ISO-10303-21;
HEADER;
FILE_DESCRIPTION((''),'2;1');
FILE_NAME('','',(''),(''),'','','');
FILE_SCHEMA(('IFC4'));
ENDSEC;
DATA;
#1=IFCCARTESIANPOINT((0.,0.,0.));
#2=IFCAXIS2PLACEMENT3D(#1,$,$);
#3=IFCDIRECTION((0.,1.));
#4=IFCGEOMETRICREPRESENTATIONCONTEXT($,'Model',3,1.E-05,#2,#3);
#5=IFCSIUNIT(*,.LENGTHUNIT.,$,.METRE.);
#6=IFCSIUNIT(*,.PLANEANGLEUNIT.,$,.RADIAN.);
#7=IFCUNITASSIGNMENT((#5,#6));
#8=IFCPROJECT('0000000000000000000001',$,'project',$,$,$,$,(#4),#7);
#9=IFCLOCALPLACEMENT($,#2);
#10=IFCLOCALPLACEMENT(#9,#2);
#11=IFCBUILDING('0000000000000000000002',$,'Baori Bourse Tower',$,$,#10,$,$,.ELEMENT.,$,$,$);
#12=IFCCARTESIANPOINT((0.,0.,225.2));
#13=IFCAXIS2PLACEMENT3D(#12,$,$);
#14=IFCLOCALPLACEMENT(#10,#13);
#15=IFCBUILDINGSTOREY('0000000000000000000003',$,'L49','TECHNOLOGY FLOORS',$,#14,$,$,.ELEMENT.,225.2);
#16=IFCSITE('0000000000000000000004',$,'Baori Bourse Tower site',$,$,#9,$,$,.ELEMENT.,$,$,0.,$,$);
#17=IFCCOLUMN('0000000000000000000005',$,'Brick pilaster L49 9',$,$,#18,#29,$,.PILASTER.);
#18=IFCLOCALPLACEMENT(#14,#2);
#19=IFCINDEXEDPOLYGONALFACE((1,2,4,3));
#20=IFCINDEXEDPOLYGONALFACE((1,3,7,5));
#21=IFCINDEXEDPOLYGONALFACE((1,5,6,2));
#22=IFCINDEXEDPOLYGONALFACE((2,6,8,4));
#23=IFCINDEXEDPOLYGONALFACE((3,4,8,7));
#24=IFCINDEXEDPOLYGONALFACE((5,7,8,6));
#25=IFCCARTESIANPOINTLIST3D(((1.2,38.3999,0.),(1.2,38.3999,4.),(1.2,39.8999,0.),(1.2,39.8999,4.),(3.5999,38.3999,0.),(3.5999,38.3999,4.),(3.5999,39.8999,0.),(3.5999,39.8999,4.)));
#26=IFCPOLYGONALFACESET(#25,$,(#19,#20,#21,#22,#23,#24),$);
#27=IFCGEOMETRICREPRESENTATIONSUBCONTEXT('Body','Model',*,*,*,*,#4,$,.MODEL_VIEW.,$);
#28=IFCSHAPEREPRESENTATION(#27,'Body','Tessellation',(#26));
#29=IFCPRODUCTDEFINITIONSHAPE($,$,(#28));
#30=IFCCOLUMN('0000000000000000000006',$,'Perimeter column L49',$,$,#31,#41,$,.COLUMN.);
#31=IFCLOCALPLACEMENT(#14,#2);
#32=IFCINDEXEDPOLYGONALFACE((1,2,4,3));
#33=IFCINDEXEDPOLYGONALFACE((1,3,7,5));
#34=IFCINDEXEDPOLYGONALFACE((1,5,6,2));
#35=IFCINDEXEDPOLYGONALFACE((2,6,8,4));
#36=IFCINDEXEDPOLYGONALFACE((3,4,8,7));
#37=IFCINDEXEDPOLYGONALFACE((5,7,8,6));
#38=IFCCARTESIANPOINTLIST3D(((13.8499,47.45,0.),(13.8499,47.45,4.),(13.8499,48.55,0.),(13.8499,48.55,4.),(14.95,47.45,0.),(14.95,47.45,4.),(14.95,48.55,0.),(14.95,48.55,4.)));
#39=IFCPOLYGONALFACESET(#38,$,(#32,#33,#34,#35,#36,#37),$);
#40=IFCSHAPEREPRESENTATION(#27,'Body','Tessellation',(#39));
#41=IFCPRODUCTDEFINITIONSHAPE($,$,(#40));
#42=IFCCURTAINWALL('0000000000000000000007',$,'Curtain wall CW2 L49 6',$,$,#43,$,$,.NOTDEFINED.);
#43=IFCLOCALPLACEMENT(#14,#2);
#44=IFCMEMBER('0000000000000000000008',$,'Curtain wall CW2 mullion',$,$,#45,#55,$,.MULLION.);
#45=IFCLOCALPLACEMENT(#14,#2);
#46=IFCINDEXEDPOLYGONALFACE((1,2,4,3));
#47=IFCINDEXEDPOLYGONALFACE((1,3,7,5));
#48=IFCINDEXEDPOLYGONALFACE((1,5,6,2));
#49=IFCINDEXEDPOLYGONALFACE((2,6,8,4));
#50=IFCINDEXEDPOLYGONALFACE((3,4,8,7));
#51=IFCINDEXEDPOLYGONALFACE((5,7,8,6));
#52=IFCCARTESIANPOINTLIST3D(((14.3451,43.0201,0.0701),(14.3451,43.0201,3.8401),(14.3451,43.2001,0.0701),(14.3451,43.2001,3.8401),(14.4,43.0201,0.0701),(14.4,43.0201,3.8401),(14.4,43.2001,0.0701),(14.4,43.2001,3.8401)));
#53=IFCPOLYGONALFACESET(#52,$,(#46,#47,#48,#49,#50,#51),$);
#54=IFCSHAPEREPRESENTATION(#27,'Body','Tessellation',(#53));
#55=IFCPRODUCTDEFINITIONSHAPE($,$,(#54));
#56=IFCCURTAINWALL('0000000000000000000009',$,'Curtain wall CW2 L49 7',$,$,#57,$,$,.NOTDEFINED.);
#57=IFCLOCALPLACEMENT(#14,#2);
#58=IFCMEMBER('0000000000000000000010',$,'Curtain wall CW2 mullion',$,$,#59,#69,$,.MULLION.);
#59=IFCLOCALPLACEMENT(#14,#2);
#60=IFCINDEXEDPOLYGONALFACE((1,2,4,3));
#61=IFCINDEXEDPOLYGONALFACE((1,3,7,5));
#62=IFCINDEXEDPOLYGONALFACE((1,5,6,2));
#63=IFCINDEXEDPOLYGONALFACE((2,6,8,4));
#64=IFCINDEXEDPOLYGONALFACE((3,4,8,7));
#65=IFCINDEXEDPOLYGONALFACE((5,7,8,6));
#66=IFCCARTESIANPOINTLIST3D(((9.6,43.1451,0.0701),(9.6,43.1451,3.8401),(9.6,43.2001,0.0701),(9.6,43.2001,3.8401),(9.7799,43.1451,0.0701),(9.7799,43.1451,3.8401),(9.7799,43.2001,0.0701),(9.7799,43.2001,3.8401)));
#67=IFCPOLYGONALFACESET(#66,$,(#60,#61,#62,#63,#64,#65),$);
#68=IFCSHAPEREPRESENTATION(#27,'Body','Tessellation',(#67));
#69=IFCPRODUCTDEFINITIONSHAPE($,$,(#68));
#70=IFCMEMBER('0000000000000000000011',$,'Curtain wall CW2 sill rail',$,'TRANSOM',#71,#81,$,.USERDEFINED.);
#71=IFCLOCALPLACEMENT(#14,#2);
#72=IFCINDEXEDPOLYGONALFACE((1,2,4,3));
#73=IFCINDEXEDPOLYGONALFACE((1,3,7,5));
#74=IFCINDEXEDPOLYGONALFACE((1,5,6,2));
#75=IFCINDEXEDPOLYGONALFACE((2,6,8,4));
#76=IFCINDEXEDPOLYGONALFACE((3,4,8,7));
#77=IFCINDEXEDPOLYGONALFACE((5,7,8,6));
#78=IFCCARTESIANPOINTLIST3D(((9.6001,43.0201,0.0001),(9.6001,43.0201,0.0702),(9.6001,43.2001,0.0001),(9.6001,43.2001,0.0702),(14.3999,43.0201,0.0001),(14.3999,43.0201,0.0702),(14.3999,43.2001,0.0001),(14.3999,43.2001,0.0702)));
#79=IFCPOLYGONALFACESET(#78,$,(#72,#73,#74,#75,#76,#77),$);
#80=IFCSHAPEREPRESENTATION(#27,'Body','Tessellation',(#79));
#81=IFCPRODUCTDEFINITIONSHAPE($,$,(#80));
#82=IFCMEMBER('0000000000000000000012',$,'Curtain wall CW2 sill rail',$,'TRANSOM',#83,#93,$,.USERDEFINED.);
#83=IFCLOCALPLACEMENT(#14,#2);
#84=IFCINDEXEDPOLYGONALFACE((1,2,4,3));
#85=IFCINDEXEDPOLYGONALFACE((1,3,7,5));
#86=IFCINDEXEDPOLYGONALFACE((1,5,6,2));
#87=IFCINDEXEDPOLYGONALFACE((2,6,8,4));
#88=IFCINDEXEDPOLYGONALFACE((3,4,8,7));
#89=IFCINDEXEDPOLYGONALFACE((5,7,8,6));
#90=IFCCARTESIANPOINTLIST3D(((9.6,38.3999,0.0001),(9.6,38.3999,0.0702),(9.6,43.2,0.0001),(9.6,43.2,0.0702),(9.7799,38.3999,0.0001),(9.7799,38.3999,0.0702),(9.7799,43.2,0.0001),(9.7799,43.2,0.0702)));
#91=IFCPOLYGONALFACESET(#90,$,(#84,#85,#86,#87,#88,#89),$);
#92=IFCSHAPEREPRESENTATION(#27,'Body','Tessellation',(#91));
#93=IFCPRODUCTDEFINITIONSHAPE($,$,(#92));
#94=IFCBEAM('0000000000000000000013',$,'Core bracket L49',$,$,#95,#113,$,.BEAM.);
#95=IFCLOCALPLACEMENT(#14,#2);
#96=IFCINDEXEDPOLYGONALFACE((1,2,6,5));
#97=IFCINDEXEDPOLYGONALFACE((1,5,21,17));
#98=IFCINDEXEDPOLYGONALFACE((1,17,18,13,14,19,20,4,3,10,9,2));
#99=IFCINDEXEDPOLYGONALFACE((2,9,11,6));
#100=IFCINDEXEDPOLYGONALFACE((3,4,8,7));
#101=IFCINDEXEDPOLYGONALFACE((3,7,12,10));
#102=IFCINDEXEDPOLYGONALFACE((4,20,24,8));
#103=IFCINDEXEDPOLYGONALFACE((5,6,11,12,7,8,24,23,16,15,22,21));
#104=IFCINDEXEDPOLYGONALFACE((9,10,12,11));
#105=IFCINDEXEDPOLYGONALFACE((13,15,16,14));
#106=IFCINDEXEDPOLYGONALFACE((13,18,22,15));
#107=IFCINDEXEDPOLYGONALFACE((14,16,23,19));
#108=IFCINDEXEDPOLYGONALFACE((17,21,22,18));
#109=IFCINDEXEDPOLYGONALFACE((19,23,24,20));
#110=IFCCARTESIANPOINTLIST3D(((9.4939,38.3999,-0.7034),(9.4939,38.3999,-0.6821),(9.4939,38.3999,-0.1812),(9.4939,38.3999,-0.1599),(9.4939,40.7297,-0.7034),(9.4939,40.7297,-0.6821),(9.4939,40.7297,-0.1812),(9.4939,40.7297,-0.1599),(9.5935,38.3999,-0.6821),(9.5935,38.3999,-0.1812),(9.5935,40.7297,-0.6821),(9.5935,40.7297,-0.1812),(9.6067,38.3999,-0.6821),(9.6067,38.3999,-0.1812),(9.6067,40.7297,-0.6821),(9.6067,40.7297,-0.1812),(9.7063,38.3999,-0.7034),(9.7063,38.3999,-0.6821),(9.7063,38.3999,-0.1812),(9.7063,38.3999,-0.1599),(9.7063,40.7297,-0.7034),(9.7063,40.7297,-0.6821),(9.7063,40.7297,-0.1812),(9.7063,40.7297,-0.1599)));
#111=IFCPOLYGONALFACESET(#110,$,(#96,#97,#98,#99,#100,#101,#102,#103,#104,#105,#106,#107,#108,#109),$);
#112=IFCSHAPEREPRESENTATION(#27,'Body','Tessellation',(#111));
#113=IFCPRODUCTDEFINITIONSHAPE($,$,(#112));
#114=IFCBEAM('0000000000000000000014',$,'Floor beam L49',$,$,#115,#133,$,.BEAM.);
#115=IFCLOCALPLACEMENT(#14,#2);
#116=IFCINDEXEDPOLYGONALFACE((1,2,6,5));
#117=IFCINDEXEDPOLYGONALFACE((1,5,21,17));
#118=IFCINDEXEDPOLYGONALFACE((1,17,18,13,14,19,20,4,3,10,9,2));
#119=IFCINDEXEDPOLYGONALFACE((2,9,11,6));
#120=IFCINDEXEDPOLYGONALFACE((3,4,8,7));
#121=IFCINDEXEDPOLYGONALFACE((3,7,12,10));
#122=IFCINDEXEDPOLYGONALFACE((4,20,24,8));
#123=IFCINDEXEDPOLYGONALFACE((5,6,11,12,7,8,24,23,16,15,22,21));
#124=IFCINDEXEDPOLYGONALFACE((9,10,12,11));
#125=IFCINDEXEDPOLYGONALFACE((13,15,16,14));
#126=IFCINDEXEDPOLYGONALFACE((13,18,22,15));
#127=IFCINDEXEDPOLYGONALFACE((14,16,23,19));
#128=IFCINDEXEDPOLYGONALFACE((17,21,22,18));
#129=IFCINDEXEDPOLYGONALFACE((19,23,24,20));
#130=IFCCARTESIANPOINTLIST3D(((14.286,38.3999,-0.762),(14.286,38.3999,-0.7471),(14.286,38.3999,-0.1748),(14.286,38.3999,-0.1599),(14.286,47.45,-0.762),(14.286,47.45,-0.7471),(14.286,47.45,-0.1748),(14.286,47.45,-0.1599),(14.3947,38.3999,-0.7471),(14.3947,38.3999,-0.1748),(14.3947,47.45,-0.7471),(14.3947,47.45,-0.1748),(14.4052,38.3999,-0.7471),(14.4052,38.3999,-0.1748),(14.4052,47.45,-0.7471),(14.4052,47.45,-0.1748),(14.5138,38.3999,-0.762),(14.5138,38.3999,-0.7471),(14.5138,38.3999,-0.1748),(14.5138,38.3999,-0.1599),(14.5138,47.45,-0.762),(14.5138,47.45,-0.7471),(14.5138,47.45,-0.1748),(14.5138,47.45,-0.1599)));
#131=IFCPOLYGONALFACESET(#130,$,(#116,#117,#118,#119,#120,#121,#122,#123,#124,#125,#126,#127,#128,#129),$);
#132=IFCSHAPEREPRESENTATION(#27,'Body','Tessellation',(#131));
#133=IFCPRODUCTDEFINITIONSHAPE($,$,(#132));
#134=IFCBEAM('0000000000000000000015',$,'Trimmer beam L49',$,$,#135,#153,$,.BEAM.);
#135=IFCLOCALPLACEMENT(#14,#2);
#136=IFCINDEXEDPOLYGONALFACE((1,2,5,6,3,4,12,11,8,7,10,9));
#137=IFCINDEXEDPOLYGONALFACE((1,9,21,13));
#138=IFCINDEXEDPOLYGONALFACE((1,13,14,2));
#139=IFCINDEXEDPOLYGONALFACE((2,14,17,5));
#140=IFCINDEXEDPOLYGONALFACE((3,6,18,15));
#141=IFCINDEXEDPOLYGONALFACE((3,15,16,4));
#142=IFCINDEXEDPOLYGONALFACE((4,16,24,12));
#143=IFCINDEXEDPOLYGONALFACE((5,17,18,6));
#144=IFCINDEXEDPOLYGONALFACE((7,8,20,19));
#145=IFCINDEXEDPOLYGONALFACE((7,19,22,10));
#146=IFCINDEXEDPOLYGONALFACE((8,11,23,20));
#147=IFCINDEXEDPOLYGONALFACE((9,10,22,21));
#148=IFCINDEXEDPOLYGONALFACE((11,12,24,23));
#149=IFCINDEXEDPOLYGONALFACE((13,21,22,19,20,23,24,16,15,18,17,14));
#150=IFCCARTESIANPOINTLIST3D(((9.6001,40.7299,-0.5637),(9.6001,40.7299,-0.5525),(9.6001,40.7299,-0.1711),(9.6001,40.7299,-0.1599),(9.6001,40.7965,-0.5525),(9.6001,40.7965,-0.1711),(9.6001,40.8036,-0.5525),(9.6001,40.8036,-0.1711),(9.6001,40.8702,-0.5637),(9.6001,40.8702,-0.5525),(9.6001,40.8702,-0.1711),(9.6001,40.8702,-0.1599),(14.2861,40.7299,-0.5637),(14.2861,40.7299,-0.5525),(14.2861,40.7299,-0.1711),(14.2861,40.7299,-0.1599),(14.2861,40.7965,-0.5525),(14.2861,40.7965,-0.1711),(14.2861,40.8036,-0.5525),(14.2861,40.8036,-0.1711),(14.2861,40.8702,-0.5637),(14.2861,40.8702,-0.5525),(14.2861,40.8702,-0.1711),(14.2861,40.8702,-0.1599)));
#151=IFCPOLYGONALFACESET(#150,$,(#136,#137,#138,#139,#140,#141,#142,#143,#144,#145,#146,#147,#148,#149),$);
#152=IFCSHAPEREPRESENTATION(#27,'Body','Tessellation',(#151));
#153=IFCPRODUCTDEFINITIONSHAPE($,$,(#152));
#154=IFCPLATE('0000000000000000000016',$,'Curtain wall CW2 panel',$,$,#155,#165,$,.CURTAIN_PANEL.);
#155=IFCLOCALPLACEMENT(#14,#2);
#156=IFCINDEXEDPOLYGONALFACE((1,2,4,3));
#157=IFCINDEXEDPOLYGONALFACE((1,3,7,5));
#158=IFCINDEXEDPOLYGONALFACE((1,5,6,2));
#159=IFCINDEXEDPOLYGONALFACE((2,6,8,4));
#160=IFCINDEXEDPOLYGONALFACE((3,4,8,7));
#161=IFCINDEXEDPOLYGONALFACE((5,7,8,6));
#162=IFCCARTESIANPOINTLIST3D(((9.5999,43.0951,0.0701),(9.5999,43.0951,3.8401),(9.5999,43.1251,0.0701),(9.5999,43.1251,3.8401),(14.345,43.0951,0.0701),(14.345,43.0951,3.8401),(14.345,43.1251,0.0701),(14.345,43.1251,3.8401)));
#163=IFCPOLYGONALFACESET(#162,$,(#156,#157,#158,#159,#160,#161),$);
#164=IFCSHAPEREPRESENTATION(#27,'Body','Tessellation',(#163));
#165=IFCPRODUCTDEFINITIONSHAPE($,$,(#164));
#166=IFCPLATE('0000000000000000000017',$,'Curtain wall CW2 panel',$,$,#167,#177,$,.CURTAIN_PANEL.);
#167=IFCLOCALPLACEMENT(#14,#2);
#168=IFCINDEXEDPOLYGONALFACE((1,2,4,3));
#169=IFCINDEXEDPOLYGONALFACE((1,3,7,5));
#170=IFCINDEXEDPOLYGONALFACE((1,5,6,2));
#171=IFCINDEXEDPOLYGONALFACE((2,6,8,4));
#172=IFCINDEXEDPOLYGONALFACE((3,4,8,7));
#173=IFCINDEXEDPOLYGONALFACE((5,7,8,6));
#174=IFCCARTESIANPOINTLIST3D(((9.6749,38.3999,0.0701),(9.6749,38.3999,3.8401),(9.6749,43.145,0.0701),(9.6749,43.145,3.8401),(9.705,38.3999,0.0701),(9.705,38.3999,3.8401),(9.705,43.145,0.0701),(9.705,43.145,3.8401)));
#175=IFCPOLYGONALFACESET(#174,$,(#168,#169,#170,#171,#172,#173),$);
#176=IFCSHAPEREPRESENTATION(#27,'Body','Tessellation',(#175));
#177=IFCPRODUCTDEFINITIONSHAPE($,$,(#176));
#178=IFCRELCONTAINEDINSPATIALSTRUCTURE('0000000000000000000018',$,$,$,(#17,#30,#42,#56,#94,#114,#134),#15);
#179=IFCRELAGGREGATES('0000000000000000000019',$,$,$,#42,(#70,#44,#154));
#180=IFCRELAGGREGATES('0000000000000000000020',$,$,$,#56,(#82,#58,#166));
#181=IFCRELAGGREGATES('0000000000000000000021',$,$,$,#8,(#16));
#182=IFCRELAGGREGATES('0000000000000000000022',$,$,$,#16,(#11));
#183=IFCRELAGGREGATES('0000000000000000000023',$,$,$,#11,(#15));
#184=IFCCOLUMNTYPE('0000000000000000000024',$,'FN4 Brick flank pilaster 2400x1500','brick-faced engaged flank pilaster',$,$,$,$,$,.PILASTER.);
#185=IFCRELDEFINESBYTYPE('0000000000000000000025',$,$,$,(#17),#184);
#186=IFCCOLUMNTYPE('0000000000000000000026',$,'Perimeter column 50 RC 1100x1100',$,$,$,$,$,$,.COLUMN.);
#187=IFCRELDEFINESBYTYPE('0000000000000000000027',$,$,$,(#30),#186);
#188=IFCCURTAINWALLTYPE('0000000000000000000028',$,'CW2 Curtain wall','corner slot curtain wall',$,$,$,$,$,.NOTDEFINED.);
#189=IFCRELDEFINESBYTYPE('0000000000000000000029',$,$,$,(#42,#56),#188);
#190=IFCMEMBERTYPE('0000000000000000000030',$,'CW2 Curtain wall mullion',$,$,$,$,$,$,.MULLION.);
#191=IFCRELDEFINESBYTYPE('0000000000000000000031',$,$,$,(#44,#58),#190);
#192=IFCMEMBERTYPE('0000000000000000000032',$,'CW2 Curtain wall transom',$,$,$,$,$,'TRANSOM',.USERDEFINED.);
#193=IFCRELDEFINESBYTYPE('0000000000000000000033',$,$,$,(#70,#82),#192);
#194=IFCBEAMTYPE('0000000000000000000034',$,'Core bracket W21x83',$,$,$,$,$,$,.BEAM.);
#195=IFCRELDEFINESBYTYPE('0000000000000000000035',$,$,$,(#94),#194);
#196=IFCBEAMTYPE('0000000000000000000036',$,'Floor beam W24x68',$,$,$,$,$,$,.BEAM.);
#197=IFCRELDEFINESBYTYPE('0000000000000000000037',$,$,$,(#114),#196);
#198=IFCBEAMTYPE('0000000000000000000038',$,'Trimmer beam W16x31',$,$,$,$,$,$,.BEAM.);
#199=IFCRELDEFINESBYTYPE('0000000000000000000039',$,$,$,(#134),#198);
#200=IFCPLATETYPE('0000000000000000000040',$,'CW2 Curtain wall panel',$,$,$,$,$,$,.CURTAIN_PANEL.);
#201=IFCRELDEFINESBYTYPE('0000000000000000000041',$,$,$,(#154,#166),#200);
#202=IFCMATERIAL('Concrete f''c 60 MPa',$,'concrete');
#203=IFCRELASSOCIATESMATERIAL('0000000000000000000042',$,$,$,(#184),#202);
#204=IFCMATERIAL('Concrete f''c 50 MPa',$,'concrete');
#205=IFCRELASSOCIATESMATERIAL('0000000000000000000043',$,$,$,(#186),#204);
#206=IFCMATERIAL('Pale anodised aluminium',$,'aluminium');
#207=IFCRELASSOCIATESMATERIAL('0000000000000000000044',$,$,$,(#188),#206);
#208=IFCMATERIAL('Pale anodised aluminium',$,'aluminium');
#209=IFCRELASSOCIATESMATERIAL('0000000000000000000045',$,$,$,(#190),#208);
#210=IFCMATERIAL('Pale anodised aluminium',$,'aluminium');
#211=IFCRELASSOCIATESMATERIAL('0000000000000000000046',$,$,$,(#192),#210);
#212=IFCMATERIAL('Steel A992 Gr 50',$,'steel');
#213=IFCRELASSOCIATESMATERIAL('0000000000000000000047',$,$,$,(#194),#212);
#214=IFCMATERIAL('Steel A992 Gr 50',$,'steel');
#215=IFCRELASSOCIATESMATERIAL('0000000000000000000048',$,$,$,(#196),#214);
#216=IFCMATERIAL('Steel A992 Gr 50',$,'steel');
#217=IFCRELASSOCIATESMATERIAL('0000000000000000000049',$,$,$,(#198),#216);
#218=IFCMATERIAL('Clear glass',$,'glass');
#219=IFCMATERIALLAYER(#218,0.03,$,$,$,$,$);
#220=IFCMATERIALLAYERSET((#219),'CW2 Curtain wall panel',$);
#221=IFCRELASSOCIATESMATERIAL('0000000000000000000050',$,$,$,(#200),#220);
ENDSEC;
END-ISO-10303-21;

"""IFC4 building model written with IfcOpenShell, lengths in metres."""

from ifc_helpers import new_model, si_unit, direction, frame, origin, origin_2d, place, context, subcontext, project, spatial, rectangle, i_section, extrude, material, layer, layer_set, material_profile, profile_set, type_object, element, aggregate, save


model = new_model("IFC4")

# Units and contexts
model_context = context("Model", 3, precision=1e-05, world=origin(), true_north=direction((0.0, 1.0)))
body_context = subcontext(model_context, "Body", "Model", "MODEL_VIEW")
ifc_project = project(units=[si_unit("LENGTHUNIT", "METRE"), si_unit("PLANEANGLEUNIT", "RADIAN")], contexts=[model_context])

# Site, building, storey
site_placement = place(None, origin())
site = spatial("IfcSite", under=ifc_project, at=site_placement, Name="Baori Bourse Tower site", CompositionType="ELEMENT", RefElevation=0.0)
building_placement = place(site_placement, origin())
building = spatial("IfcBuilding", under=site, at=building_placement, Name="Baori Bourse Tower", CompositionType="ELEMENT")
storey_placement = place(building_placement, frame((0.0, 0.0, 225.2)))
storey = spatial("IfcBuildingStorey", under=building, at=storey_placement, Name="L49", Description="TECHNOLOGY FLOORS", CompositionType="ELEMENT", Elevation=225.2)

# Columns
ifc_material_1 = material(Name="Concrete f'c 60 MPa", Category="concrete")
ifc_material_profile_1 = material_profile(ifc_material_1, rectangle(XDim=2.3999, YDim=1.5, at=origin_2d()), Name="RC 2400x1500")
ifc_profile_set_1 = profile_set([ifc_material_profile_1], Name="Concrete f'c 60 MPa")
column_type_1 = type_object("IfcColumnType", Name="FN4 Brick flank pilaster 2400x1500", Description="brick-faced engaged flank pilaster", PredefinedType="PILASTER", material=ifc_profile_set_1)
column_1_placement = place(storey_placement, frame((2.3999, 39.1499, 0.0), z_axis=(0.0, 0.0, 1.0), x_axis=(1.0, 0.0, 0.0)))
element("IfcColumn", 1, at=column_1_placement, inside=storey, type_object=column_type_1, Name="Brick pilaster L49 9", PredefinedType="PILASTER", context=body_context, shape_type="SweptSolid", body=[
    extrude(rectangle(XDim=2.3999, YDim=1.5, at=origin_2d()), origin(), (0.0, 0.0, 1.0), 4.0),
])
ifc_material_2 = material(Name="Concrete f'c 50 MPa", Category="concrete")
ifc_material_profile_2 = material_profile(ifc_material_2, rectangle(XDim=1.1001, YDim=1.1001, at=origin_2d()), Name="RC 1100x1100")
ifc_profile_set_2 = profile_set([ifc_material_profile_2], Name="Concrete f'c 50 MPa")
column_type_2 = type_object("IfcColumnType", Name="Perimeter column 50 RC 1100x1100", PredefinedType="COLUMN", material=ifc_profile_set_2)
column_2_placement = place(storey_placement, frame((14.3999, 48.0, 0.0), z_axis=(0.0, 0.0, 1.0), x_axis=(1.0, 0.0, 0.0)))
element("IfcColumn", 2, at=column_2_placement, inside=storey, type_object=column_type_2, Name="Perimeter column L49", PredefinedType="COLUMN", context=body_context, shape_type="SweptSolid", body=[
    extrude(rectangle(XDim=1.1001, YDim=1.1001, at=origin_2d()), origin(), (0.0, 0.0, 1.0), 4.0),
])

# Curtain walls, members
ifc_material_3 = material(Name="Pale anodised aluminium", Category="aluminium")
curtain_wall_type = type_object("IfcCurtainWallType", Name="CW2 Curtain wall", Description="corner slot curtain wall", PredefinedType="NOTDEFINED", material=ifc_material_3)
curtain_wall_1_placement = place(storey_placement, origin())
curtain_wall_1 = element("IfcCurtainWall", 3, at=curtain_wall_1_placement, inside=storey, type_object=curtain_wall_type, Name="Curtain wall CW2 L49 6", PredefinedType="NOTDEFINED")
ifc_material_4 = material(Name="Pale anodised aluminium", Category="aluminium")
ifc_material_profile_3 = material_profile(ifc_material_4, rectangle(XDim=0.1799, YDim=0.0549, at=origin_2d()), Name="Mullion 55x180")
ifc_profile_set_3 = profile_set([ifc_material_profile_3], Name="Pale anodised aluminium")
member_type_1 = type_object("IfcMemberType", Name="CW2 Curtain wall mullion", PredefinedType="MULLION", material=ifc_profile_set_3)
member_1_placement = place(storey_placement, frame((14.3726, 43.1101, 0.0701), z_axis=(0.0, 0.0, 1.0), x_axis=(0.0, -1.0, 0.0)))
member_1 = element("IfcMember", 4, at=member_1_placement, type_object=member_type_1, Name="Curtain wall CW2 mullion", PredefinedType="MULLION", context=body_context, shape_type="SweptSolid", body=[
    extrude(rectangle(XDim=0.1799, YDim=0.0549, at=origin_2d()), origin(), (0.0, 0.0, 1.0), 3.77),
])
curtain_wall_2_placement = place(storey_placement, origin())
curtain_wall_2 = element("IfcCurtainWall", 5, at=curtain_wall_2_placement, inside=storey, type_object=curtain_wall_type, Name="Curtain wall CW2 L49 7", PredefinedType="NOTDEFINED")
member_2_placement = place(storey_placement, frame((9.6899, 43.1726, 0.0701), z_axis=(0.0, 0.0, 1.0), x_axis=(1.0, 0.0, 0.0)))
member_2 = element("IfcMember", 6, at=member_2_placement, type_object=member_type_1, Name="Curtain wall CW2 mullion", PredefinedType="MULLION", context=body_context, shape_type="SweptSolid", body=[
    extrude(rectangle(XDim=0.1799, YDim=0.0549, at=origin_2d()), origin(), (0.0, 0.0, 1.0), 3.77),
])

# Members
ifc_material_5 = material(Name="Pale anodised aluminium", Category="aluminium")
ifc_material_profile_4 = material_profile(ifc_material_5, rectangle(XDim=0.1799, YDim=0.0701, at=origin_2d()), Name="Transom 70x180")
ifc_profile_set_4 = profile_set([ifc_material_profile_4], Name="Pale anodised aluminium")
member_type_2 = type_object("IfcMemberType", Name="CW2 Curtain wall transom", ElementType="TRANSOM", PredefinedType="USERDEFINED", material=ifc_profile_set_4)
member_3_placement = place(storey_placement, frame((14.3999, 43.1101, 0.0352), z_axis=(-1.0, 0.0, 0.0), x_axis=(0.0, -1.0, 0.0)))
member_3 = element("IfcMember", 7, at=member_3_placement, type_object=member_type_2, Name="Curtain wall CW2 sill rail", ObjectType="TRANSOM", PredefinedType="USERDEFINED", context=body_context, shape_type="SweptSolid", body=[
    extrude(rectangle(XDim=0.1799, YDim=0.0701, at=origin_2d()), origin(), (0.0, 0.0, 1.0), 4.7998),
])
member_4_placement = place(storey_placement, frame((9.6899, 43.2, 0.0352), z_axis=(0.0, -1.0, 0.0), x_axis=(1.0, 0.0, 0.0)))
member_4 = element("IfcMember", 8, at=member_4_placement, type_object=member_type_2, Name="Curtain wall CW2 sill rail", ObjectType="TRANSOM", PredefinedType="USERDEFINED", context=body_context, shape_type="SweptSolid", body=[
    extrude(rectangle(XDim=0.1799, YDim=0.0701, at=origin_2d()), origin(), (0.0, 0.0, 1.0), 4.8),
])

# Beams
ifc_material_6 = material(Name="Steel A992 Gr 50", Category="steel")
ifc_material_profile_5 = material_profile(ifc_material_6, i_section(OverallWidth=0.2124, OverallDepth=0.5435, WebThickness=0.0132, FlangeThickness=0.0212, at=origin_2d()), Name="W21x83")
ifc_profile_set_5 = profile_set([ifc_material_profile_5], Name="Steel A992 Gr 50")
beam_type_1 = type_object("IfcBeamType", Name="Core bracket W21x83", PredefinedType="BEAM", material=ifc_profile_set_5)
beam_1_placement = place(storey_placement, frame((9.6001, 38.3999, -0.4316), z_axis=(0.0, 1.0, 0.0), x_axis=(-1.0, 0.0, 0.0)))
element("IfcBeam", 9, at=beam_1_placement, inside=storey, type_object=beam_type_1, Name="Core bracket L49", PredefinedType="BEAM", context=body_context, shape_type="SweptSolid", body=[
    extrude(i_section(OverallWidth=0.2124, OverallDepth=0.5435, WebThickness=0.0132, FlangeThickness=0.0212, at=origin_2d()), origin(), (0.0, 0.0, 1.0), 2.3298),
])
ifc_material_7 = material(Name="Steel A992 Gr 50", Category="steel")
ifc_material_profile_6 = material_profile(ifc_material_7, i_section(OverallWidth=0.2278, OverallDepth=0.6021, WebThickness=0.0105, FlangeThickness=0.0149, at=origin_2d()), Name="W24x68")
ifc_profile_set_6 = profile_set([ifc_material_profile_6], Name="Steel A992 Gr 50")
beam_type_2 = type_object("IfcBeamType", Name="Floor beam W24x68", PredefinedType="BEAM", material=ifc_profile_set_6)
beam_2_placement = place(storey_placement, frame((14.3999, 38.3999, -0.4609), z_axis=(0.0, 1.0, 0.0), x_axis=(-1.0, 0.0, 0.0)))
element("IfcBeam", 10, at=beam_2_placement, inside=storey, type_object=beam_type_2, Name="Floor beam L49", PredefinedType="BEAM", context=body_context, shape_type="SweptSolid", body=[
    extrude(i_section(OverallWidth=0.2278, OverallDepth=0.6021, WebThickness=0.0105, FlangeThickness=0.0149, at=origin_2d()), origin(), (0.0, 0.0, 1.0), 9.05),
])
ifc_material_8 = material(Name="Steel A992 Gr 50", Category="steel")
ifc_material_profile_7 = material_profile(ifc_material_8, i_section(OverallWidth=0.1404, OverallDepth=0.4038, WebThickness=0.0071, FlangeThickness=0.0112, at=origin_2d()), Name="W16x31")
ifc_profile_set_7 = profile_set([ifc_material_profile_7], Name="Steel A992 Gr 50")
beam_type_3 = type_object("IfcBeamType", Name="Trimmer beam W16x31", PredefinedType="BEAM", material=ifc_profile_set_7)
beam_3_placement = place(storey_placement, frame((9.6001, 40.8, -0.3618), z_axis=(1.0, 0.0, 0.0), x_axis=(0.0, 1.0, 0.0)))
element("IfcBeam", 11, at=beam_3_placement, inside=storey, type_object=beam_type_3, Name="Trimmer beam L49", PredefinedType="BEAM", context=body_context, shape_type="SweptSolid", body=[
    extrude(i_section(OverallWidth=0.1404, OverallDepth=0.4038, WebThickness=0.0071, FlangeThickness=0.0112, at=origin_2d()), origin(), (0.0, 0.0, 1.0), 4.686),
])

# Plates
ifc_material_9 = material(Name="Clear glass", Category="glass")
ifc_layer_1 = layer(ifc_material_9, 0.03)
ifc_layer_set_1 = layer_set([ifc_layer_1], Name="CW2 Curtain wall panel")
plate_type = type_object("IfcPlateType", Name="CW2 Curtain wall panel", PredefinedType="CURTAIN_PANEL", material=ifc_layer_set_1)
plate_1_placement = place(storey_placement, frame((11.9724, 43.1101, 0.0701), z_axis=(0.0, 0.0, 1.0), x_axis=(-1.0, 0.0, 0.0)))
plate_1 = element("IfcPlate", 12, at=plate_1_placement, type_object=plate_type, Name="Curtain wall CW2 panel", PredefinedType="CURTAIN_PANEL", context=body_context, shape_type="SweptSolid", body=[
    extrude(rectangle(XDim=4.7451, YDim=0.03, at=origin_2d()), origin(), (0.0, 0.0, 1.0), 3.77),
])
aggregate(curtain_wall_1, [member_3, member_1, plate_1])
plate_2_placement = place(storey_placement, frame((9.6899, 40.7725, 0.0701), z_axis=(0.0, 0.0, 1.0), x_axis=(0.0, -1.0, 0.0)))
plate_2 = element("IfcPlate", 13, at=plate_2_placement, type_object=plate_type, Name="Curtain wall CW2 panel", PredefinedType="CURTAIN_PANEL", context=body_context, shape_type="SweptSolid", body=[
    extrude(rectangle(XDim=4.7451, YDim=0.03, at=origin_2d()), origin(), (0.0, 0.0, 1.0), 3.77),
])
aggregate(curtain_wall_2, [member_4, member_2, plate_2])

save(model, "model.ifc")
